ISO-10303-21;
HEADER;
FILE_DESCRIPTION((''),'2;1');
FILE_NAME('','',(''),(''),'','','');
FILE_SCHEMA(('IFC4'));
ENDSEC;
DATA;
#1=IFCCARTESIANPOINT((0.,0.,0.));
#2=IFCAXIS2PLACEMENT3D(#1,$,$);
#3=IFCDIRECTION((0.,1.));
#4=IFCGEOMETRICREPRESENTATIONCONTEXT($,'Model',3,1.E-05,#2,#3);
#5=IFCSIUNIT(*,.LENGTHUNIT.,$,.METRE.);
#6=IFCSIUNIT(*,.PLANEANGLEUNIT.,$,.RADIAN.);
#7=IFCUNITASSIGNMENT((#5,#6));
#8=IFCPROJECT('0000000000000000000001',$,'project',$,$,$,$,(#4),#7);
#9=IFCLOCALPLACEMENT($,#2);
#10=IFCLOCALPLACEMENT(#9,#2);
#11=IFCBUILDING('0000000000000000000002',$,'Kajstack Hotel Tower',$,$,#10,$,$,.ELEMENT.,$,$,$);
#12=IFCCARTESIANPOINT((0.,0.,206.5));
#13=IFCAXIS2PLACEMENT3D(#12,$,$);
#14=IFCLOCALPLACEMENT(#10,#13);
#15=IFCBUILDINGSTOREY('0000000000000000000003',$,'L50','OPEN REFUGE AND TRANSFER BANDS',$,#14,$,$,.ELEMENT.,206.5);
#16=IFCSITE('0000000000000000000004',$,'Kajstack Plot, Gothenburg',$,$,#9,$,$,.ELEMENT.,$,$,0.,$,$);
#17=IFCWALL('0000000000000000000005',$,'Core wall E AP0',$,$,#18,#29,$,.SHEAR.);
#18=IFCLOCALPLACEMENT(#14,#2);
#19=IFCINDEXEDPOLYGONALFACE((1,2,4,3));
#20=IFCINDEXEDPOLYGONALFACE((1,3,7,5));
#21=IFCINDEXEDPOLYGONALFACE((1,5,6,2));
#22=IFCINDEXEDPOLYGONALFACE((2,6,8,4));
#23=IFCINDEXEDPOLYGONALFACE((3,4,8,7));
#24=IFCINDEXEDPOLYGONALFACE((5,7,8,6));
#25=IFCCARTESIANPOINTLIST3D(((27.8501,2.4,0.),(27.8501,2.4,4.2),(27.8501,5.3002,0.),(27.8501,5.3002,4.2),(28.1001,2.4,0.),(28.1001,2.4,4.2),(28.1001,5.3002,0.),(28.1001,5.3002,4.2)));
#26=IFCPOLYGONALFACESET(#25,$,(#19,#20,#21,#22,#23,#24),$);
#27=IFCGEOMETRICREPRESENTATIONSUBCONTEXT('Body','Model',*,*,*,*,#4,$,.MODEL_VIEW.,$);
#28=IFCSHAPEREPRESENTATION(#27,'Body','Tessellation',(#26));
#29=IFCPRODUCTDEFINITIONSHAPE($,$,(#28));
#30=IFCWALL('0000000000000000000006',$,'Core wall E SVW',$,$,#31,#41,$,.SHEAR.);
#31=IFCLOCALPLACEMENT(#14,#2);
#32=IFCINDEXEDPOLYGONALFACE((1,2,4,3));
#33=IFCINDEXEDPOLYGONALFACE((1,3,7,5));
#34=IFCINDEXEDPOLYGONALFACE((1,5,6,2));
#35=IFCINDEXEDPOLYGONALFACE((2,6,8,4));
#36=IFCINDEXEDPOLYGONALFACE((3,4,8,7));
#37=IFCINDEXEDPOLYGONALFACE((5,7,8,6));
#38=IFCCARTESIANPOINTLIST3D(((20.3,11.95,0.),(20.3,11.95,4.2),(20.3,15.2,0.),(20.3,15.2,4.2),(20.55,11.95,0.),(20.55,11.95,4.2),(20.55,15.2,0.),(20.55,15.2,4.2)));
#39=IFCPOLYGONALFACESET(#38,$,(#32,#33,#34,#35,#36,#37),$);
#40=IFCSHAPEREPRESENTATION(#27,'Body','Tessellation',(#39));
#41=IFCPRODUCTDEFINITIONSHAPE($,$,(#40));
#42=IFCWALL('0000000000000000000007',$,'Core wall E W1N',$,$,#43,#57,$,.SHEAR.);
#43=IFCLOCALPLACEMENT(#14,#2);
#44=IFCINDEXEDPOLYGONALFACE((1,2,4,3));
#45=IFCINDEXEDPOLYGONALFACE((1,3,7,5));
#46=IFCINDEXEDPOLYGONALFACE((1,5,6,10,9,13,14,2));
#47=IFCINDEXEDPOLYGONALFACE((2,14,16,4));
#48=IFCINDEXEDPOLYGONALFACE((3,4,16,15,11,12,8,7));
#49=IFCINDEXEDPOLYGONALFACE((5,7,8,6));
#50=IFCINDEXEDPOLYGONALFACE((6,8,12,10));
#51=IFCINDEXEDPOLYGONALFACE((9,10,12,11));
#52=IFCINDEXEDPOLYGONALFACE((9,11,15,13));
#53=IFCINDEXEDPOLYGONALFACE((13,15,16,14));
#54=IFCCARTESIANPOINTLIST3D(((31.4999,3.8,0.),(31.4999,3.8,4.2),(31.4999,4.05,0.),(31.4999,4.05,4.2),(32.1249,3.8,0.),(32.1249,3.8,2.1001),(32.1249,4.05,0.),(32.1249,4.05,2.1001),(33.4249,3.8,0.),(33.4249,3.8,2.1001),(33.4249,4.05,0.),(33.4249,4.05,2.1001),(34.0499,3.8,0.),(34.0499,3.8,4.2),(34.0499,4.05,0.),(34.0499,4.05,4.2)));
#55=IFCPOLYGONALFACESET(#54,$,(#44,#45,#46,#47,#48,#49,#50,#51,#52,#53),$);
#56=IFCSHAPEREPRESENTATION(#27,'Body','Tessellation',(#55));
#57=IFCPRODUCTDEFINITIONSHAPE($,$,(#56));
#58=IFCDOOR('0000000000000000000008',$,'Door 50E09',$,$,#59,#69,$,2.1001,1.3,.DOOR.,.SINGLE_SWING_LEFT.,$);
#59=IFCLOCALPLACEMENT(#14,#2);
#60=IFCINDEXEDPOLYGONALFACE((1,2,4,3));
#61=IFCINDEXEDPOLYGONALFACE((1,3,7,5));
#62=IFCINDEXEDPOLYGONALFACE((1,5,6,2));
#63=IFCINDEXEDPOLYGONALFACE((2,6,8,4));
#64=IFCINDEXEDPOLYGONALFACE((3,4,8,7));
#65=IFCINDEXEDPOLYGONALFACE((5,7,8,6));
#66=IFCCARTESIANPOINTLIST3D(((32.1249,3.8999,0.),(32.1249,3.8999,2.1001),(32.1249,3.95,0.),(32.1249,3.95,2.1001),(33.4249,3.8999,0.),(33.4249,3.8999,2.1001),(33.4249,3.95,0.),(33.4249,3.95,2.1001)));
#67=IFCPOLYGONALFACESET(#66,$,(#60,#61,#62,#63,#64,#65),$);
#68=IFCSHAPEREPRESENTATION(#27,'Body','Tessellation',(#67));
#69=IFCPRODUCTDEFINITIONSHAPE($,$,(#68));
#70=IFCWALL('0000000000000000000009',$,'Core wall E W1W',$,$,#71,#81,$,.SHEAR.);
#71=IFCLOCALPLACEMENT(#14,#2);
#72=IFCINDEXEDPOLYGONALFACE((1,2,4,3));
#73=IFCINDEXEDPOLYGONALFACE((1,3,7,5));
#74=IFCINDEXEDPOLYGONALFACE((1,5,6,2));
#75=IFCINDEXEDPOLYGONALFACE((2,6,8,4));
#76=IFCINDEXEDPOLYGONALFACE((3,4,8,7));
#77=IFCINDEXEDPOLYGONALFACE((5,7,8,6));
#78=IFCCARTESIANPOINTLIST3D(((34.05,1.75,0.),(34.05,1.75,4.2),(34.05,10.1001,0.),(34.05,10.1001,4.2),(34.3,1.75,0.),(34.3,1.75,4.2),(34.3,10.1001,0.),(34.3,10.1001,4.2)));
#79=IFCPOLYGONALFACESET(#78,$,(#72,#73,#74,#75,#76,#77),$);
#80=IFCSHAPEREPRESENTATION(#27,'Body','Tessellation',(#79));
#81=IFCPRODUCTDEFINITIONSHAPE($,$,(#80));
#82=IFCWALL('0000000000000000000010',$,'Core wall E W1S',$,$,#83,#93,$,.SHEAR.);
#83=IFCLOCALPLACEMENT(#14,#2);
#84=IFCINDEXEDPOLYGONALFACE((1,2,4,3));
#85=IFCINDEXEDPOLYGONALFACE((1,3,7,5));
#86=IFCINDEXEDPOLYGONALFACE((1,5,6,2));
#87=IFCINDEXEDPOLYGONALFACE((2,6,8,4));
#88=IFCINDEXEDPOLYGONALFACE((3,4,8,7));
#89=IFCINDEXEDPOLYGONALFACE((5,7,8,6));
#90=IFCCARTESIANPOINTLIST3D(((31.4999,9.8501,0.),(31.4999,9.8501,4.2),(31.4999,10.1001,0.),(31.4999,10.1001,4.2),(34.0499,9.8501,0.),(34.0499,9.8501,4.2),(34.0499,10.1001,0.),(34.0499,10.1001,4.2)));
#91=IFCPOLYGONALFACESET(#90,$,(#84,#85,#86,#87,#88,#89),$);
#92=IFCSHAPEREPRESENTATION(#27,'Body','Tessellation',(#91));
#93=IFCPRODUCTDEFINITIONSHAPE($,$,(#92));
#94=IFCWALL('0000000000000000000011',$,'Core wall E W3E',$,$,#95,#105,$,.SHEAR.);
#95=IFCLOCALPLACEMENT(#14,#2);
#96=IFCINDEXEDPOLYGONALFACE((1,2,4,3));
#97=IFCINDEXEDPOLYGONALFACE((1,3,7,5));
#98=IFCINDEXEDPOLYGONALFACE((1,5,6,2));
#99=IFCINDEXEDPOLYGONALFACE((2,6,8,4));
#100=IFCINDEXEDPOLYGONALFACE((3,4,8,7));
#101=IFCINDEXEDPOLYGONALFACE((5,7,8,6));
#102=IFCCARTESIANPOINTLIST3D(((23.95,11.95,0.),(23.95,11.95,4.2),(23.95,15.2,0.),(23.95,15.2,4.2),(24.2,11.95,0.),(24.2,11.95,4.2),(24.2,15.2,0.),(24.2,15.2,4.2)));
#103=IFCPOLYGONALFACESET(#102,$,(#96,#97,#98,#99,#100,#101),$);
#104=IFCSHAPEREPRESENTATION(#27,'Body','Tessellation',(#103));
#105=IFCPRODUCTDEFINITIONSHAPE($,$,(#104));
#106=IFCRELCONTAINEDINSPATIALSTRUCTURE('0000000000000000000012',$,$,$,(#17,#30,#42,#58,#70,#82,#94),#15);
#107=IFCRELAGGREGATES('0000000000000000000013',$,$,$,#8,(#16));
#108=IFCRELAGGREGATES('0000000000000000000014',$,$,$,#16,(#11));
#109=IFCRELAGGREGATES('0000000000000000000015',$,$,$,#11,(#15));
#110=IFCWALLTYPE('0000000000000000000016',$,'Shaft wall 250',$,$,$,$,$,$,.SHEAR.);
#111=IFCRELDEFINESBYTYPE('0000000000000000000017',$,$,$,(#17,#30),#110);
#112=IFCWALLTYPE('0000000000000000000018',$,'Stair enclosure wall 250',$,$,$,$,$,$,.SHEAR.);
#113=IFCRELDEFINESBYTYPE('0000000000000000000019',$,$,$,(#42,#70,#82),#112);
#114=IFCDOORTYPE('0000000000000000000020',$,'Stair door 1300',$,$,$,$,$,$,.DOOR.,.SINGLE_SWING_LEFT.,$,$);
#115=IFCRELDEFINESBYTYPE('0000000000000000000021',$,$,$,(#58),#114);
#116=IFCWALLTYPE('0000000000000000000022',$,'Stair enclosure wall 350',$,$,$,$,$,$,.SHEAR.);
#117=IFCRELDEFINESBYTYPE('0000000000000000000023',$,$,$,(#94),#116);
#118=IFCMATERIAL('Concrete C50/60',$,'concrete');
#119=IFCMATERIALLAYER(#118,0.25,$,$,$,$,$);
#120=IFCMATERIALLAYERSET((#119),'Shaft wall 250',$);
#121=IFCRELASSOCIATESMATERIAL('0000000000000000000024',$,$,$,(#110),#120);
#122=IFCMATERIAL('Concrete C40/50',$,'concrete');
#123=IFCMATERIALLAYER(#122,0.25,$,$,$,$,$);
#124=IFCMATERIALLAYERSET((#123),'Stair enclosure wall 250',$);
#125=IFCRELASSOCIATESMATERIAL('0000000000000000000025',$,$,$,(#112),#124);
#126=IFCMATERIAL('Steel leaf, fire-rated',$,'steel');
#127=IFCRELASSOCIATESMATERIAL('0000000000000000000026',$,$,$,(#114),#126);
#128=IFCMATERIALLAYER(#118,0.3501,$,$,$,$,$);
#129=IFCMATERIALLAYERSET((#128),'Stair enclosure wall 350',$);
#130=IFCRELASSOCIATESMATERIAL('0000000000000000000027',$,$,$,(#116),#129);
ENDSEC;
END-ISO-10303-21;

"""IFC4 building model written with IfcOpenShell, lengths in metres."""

from ifc_helpers import new_model, si_unit, direction, frame, frame_2d, origin, place, context, subcontext, project, spatial, rectangle, extrude, material, layer, layer_set, type_object, element, fill, save


model = new_model("IFC4")

# Units and contexts
model_context = context("Model", 3, precision=1e-05, world=origin(), true_north=direction((0.0, 1.0)))
body_context = subcontext(model_context, "Body", "Model", "MODEL_VIEW")
ifc_project = project(units=[si_unit("LENGTHUNIT", "METRE"), si_unit("PLANEANGLEUNIT", "RADIAN")], contexts=[model_context])

# Site, building, storey
site_placement = place(None, origin())
site = spatial("IfcSite", under=ifc_project, at=site_placement, Name="Kajstack Plot, Gothenburg", CompositionType="ELEMENT", RefElevation=0.0)
building_placement = place(site_placement, origin())
building = spatial("IfcBuilding", under=site, at=building_placement, Name="Kajstack Hotel Tower", CompositionType="ELEMENT")
storey_placement = place(building_placement, frame((0.0, 0.0, 206.5)))
storey = spatial("IfcBuildingStorey", under=building, at=storey_placement, Name="L50", Description="OPEN REFUGE AND TRANSFER BANDS", CompositionType="ELEMENT", Elevation=206.5)

# Shared definitions
ifc_material_1 = material(Name="Concrete C50/60", Category="concrete")

# Shared definitions
ifc_material_2 = material(Name="Steel leaf, fire-rated", Category="steel")

# Walls
ifc_layer_1 = layer(ifc_material_1, 0.25)
ifc_layer_set_1 = layer_set([ifc_layer_1], Name="Shaft wall 250")
wall_type_1 = type_object("IfcWallType", Name="Shaft wall 250", PredefinedType="SHEAR", material=ifc_layer_set_1)
wall_1_placement = place(storey_placement, frame((27.9751, 2.3999, 0.0), z_axis=(0.0, 0.0, 1.0), x_axis=(0.0, 1.0, 0.0)))
element("IfcWall", 1, at=wall_1_placement, inside=storey, type_object=wall_type_1, Name="Core wall E AP0", PredefinedType="SHEAR", context=body_context, shape_type="SweptSolid", body=[
    extrude(rectangle(XDim=2.9001, YDim=0.25, at=frame_2d((1.4502, 0.0))), origin(), (0.0, 0.0, 1.0), 4.2),
])
wall_2_placement = place(storey_placement, frame((20.425, 11.95, 0.0), z_axis=(0.0, 0.0, 1.0), x_axis=(0.0, 1.0, 0.0)))
element("IfcWall", 2, at=wall_2_placement, inside=storey, type_object=wall_type_1, Name="Core wall E SVW", PredefinedType="SHEAR", context=body_context, shape_type="SweptSolid", body=[
    extrude(rectangle(XDim=3.25, YDim=0.25, at=frame_2d((1.625, 0.0))), origin(), (0.0, 0.0, 1.0), 4.2),
])

# Wall, opening, door
ifc_material_3 = material(Name="Concrete C40/50", Category="concrete")
ifc_layer_2 = layer(ifc_material_3, 0.25)
ifc_layer_set_2 = layer_set([ifc_layer_2], Name="Stair enclosure wall 250")
wall_type_2 = type_object("IfcWallType", Name="Stair enclosure wall 250", PredefinedType="SHEAR", material=ifc_layer_set_2)
wall_3_placement = place(storey_placement, frame((31.5, 3.925, 0.0), z_axis=(0.0, 0.0, 1.0), x_axis=(1.0, 0.0, 0.0)))
wall_3 = element("IfcWall", 3, at=wall_3_placement, inside=storey, type_object=wall_type_2, Name="Core wall E W1N", PredefinedType="SHEAR", context=body_context, shape_type="SweptSolid", body=[
    extrude(rectangle(XDim=2.55, YDim=0.25, at=frame_2d((1.2749, 0.0))), origin(), (0.0, 0.0, 1.0), 4.2),
])
opening_1_placement = place(wall_3_placement, frame((0.625, 0.0, 0.0)))
opening_1 = element("IfcOpeningElement", 4, at=opening_1_placement, cuts=wall_3, PredefinedType="OPENING", context=body_context, shape_type="SweptSolid", body=[
    extrude(rectangle(XDim=1.3, YDim=2.1001, at=frame_2d((0.6499, 1.05))), frame((0.0, 0.135, 0.0), z_axis=(0.0, -1.0, 0.0), x_axis=(1.0, 0.0, 0.0)), (0.0, 0.0, 1.0), 0.27),
])
door_type_1 = type_object("IfcDoorType", Name="Stair door 1300", OperationType="SINGLE_SWING_LEFT", PredefinedType="DOOR", material=ifc_material_2)
door_1_placement = place(opening_1_placement, origin())
door_1 = element("IfcDoor", 5, at=door_1_placement, inside=storey, type_object=door_type_1, Name="Door 50E09", OperationType="SINGLE_SWING_LEFT", OverallHeight=2.1001, OverallWidth=1.3, PredefinedType="DOOR", context=body_context, shape_type="SweptSolid", body=[
    extrude(rectangle(XDim=1.3, YDim=2.1001, at=frame_2d((0.6499, 1.05))), frame((0.0, 0.0249, 0.0), z_axis=(0.0, -1.0, 0.0), x_axis=(1.0, 0.0, 0.0)), (0.0, 0.0, 1.0), 0.05),
])
fill(opening_1, door_1)

# Walls
wall_4_placement = place(storey_placement, frame((34.175, 1.75, 0.0), z_axis=(0.0, 0.0, 1.0), x_axis=(0.0, 1.0, 0.0)))
element("IfcWall", 6, at=wall_4_placement, inside=storey, type_object=wall_type_2, Name="Core wall E W1W", PredefinedType="SHEAR", context=body_context, shape_type="SweptSolid", body=[
    extrude(rectangle(XDim=8.3501, YDim=0.25, at=frame_2d((4.175, 0.0))), origin(), (0.0, 0.0, 1.0), 4.2),
])
wall_5_placement = place(storey_placement, frame((31.5, 9.9751, 0.0), z_axis=(0.0, 0.0, 1.0), x_axis=(1.0, 0.0, 0.0)))
element("IfcWall", 7, at=wall_5_placement, inside=storey, type_object=wall_type_2, Name="Core wall E W1S", PredefinedType="SHEAR", context=body_context, shape_type="SweptSolid", body=[
    extrude(rectangle(XDim=2.55, YDim=0.25, at=frame_2d((1.2749, 0.0))), origin(), (0.0, 0.0, 1.0), 4.2),
])
ifc_layer_3 = layer(ifc_material_1, 0.3501)
ifc_layer_set_3 = layer_set([ifc_layer_3], Name="Stair enclosure wall 350")
wall_type_3 = type_object("IfcWallType", Name="Stair enclosure wall 350", PredefinedType="SHEAR", material=ifc_layer_set_3)
wall_6_placement = place(storey_placement, frame((24.075, 11.95, 0.0), z_axis=(0.0, 0.0, 1.0), x_axis=(0.0, 1.0, 0.0)))
element("IfcWall", 8, at=wall_6_placement, inside=storey, type_object=wall_type_3, Name="Core wall E W3E", PredefinedType="SHEAR", context=body_context, shape_type="SweptSolid", body=[
    extrude(rectangle(XDim=3.25, YDim=0.25, at=frame_2d((1.625, 0.0))), origin(), (0.0, 0.0, 1.0), 4.2),
])

save(model, "model.ifc")
